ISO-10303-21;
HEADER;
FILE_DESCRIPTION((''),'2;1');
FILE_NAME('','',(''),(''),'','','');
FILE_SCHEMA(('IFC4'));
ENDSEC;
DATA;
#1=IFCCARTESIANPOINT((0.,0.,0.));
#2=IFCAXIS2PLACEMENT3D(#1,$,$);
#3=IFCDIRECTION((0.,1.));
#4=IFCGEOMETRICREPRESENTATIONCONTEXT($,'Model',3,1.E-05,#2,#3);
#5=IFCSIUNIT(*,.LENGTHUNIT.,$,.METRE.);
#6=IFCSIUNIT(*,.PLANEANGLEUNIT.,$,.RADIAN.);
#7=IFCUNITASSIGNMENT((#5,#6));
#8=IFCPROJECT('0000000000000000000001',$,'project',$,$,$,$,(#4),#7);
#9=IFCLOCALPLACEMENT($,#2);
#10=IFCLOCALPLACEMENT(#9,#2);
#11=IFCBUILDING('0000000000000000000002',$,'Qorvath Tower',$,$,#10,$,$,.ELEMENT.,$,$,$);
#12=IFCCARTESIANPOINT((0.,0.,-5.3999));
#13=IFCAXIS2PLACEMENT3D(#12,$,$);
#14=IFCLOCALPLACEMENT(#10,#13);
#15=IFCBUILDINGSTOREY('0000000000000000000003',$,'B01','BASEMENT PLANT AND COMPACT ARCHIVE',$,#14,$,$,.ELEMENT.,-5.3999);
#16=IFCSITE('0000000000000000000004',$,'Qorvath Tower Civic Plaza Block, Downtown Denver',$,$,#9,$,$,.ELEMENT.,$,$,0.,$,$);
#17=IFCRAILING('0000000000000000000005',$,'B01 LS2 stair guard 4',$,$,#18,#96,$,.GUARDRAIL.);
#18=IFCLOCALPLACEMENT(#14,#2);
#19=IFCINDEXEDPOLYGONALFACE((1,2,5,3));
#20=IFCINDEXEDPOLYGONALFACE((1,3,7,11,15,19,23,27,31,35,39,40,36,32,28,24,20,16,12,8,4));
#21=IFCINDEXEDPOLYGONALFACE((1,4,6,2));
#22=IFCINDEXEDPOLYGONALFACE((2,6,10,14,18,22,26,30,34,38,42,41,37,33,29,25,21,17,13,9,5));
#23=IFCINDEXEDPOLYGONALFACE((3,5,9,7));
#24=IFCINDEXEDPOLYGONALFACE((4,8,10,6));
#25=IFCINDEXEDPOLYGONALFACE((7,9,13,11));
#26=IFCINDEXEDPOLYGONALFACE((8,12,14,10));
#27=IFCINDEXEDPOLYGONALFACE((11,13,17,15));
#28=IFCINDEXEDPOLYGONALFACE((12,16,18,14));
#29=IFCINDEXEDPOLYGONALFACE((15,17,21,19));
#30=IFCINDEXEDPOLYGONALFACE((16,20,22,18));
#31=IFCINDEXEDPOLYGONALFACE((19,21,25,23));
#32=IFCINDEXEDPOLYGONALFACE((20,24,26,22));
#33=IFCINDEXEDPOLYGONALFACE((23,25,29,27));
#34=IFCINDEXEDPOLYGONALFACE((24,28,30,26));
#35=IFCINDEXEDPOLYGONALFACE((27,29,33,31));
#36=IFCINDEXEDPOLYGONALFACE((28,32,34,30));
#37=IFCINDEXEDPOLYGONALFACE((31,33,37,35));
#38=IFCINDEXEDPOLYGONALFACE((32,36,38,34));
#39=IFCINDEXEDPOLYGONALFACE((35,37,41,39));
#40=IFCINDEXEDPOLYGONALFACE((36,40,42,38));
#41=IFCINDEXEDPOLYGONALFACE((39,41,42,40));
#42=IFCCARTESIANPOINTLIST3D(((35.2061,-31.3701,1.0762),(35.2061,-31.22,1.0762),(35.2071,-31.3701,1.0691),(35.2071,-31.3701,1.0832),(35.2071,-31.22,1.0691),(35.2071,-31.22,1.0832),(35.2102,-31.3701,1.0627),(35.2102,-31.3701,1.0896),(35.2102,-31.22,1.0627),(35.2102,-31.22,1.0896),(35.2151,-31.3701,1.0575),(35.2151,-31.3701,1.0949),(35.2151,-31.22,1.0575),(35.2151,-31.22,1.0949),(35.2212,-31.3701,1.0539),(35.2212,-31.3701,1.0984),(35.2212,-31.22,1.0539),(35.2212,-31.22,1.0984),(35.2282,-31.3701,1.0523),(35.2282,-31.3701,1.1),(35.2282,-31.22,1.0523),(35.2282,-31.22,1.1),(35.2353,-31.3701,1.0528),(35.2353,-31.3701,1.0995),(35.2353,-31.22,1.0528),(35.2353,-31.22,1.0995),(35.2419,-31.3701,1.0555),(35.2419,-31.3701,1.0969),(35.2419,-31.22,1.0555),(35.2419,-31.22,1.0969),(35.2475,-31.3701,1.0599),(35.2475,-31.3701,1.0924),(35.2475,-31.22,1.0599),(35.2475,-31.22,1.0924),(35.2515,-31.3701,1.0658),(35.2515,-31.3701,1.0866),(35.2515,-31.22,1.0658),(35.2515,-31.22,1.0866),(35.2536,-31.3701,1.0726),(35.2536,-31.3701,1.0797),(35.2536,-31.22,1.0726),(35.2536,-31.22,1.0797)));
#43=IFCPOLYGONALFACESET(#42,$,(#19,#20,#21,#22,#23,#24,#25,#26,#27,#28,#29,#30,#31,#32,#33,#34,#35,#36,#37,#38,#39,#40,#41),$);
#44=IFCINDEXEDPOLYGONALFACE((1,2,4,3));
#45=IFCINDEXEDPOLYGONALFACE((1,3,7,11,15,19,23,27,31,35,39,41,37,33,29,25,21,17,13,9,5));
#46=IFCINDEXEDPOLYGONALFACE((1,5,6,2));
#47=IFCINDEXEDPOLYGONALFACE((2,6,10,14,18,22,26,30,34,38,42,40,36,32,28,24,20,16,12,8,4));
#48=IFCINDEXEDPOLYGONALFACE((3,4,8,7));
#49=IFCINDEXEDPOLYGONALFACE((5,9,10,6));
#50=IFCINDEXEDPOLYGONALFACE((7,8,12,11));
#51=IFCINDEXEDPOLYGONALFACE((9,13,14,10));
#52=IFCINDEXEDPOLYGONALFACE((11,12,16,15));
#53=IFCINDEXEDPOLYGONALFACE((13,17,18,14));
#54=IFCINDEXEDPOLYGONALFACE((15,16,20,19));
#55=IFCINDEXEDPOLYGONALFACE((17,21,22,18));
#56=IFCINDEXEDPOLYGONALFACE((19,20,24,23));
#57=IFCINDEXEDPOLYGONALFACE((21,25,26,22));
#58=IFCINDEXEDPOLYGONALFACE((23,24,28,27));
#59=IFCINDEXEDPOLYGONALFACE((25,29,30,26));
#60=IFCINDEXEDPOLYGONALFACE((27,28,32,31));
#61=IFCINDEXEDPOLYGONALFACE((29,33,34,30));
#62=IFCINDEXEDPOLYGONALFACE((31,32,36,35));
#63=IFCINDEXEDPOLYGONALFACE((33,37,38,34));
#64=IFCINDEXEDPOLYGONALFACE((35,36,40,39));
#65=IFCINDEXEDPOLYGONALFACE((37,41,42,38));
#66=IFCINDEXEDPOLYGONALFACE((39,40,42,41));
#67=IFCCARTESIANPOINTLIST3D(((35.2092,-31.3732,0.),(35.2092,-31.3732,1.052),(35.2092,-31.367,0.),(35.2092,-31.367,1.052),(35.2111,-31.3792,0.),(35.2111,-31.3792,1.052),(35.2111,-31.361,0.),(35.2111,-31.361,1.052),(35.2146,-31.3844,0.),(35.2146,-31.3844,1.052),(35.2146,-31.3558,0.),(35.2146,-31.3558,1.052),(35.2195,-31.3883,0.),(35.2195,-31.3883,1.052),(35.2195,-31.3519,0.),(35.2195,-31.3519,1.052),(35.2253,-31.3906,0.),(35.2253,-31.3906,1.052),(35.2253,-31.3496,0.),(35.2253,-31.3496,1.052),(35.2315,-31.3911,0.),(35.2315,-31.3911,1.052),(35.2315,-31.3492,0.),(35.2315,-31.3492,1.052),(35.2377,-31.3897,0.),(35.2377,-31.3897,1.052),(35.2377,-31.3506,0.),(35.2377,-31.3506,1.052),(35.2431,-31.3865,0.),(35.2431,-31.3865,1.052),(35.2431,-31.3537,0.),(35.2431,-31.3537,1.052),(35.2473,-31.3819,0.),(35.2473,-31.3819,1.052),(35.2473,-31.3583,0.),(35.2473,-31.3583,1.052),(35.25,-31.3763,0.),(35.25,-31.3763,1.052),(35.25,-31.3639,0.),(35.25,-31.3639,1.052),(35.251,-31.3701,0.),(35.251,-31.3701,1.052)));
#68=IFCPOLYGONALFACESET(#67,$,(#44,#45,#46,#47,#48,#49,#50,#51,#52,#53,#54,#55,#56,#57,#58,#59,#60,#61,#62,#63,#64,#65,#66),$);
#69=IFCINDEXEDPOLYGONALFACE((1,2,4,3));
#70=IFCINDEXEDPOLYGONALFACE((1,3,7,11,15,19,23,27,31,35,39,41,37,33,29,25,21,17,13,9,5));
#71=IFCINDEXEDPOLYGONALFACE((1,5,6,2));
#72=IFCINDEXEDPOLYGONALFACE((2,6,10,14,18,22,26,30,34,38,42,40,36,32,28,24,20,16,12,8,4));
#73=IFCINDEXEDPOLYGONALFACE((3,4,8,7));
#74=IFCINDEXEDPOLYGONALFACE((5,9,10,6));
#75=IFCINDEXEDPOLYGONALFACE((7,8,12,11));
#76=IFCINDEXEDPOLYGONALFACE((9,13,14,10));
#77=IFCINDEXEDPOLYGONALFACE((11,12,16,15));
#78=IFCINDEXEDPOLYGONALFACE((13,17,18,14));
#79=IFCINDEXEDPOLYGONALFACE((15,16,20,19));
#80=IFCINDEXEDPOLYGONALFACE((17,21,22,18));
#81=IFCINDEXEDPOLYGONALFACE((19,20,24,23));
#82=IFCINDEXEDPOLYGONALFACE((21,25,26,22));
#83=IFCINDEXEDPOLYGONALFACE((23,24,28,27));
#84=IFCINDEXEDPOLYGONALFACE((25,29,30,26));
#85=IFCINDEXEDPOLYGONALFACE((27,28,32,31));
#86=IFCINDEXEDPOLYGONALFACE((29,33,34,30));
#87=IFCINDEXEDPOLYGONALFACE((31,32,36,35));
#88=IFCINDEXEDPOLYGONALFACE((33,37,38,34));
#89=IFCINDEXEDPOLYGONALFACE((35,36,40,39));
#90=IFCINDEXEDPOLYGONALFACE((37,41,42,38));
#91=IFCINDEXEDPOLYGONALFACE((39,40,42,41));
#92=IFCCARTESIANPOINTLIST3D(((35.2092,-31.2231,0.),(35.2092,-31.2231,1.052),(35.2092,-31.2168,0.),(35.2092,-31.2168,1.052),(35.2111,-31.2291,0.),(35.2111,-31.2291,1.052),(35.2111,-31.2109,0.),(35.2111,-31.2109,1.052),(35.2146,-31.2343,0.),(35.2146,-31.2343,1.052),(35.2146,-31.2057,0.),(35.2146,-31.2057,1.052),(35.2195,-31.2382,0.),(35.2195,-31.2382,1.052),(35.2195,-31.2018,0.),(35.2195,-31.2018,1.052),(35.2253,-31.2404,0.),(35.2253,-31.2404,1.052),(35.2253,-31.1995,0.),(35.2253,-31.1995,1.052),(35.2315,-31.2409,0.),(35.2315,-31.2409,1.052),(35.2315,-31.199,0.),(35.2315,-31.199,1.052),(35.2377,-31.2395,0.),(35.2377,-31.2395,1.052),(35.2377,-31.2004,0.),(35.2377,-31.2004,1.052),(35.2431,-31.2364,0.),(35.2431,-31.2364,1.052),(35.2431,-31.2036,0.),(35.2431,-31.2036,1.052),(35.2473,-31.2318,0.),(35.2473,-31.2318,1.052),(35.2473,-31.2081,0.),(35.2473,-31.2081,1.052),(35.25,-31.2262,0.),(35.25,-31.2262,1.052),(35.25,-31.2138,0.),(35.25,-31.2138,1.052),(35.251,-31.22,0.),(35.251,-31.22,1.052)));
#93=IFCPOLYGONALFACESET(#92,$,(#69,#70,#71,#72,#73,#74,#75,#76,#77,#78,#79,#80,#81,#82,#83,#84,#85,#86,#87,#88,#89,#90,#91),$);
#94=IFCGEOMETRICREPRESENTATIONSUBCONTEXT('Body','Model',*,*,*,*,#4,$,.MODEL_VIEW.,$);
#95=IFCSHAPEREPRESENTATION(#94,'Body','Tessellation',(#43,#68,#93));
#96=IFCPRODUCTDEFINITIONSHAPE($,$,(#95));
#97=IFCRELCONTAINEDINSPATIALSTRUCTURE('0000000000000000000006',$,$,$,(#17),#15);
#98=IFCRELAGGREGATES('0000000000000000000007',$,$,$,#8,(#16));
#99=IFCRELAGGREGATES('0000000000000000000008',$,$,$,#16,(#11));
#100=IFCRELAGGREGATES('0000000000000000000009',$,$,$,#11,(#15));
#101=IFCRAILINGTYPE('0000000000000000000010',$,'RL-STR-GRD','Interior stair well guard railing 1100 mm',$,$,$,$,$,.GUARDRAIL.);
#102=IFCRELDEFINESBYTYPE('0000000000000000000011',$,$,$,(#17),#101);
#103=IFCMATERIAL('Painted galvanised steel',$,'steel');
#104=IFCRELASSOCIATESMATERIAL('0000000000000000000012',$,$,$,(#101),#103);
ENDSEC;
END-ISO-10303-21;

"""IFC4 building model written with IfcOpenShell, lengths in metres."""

from ifc_helpers import new_model, si_unit, direction, frame, origin, origin_2d, place, context, subcontext, project, spatial, circle, extrude, material, type_object, element, save


model = new_model("IFC4")

# Units and contexts
model_context = context("Model", 3, precision=1e-05, world=origin(), true_north=direction((0.0, 1.0)))
body_context = subcontext(model_context, "Body", "Model", "MODEL_VIEW")
ifc_project = project(units=[si_unit("LENGTHUNIT", "METRE"), si_unit("PLANEANGLEUNIT", "RADIAN")], contexts=[model_context])

# Site, building, storey
site_placement = place(None, origin())
site = spatial("IfcSite", under=ifc_project, at=site_placement, Name="Qorvath Tower Civic Plaza Block, Downtown Denver", CompositionType="ELEMENT", RefElevation=0.0)
building_placement = place(site_placement, origin())
building = spatial("IfcBuilding", under=site, at=building_placement, Name="Qorvath Tower", CompositionType="ELEMENT")
storey_placement = place(building_placement, frame((0.0, 0.0, -5.3999)))
storey = spatial("IfcBuildingStorey", under=building, at=storey_placement, Name="B01", Description="BASEMENT PLANT AND COMPACT ARCHIVE", CompositionType="ELEMENT", Elevation=-5.3999)

# Railing
ifc_material_1 = material(Name="Painted galvanised steel", Category="steel")
railing_type_1 = type_object("IfcRailingType", Name="RL-STR-GRD", Description="Interior stair well guard railing 1100 mm", PredefinedType="GUARDRAIL", material=ifc_material_1)
railing_1_placement = place(storey_placement, frame((35.23, -31.3701, 0.0)))
element("IfcRailing", 1, at=railing_1_placement, inside=storey, type_object=railing_type_1, Name="B01 LS2 stair guard 4", PredefinedType="GUARDRAIL", context=body_context, shape_type="SweptSolid", body=[
    extrude(circle(Radius=0.0239, at=origin_2d()), frame((0.0, 0.0, 1.0762), z_axis=(0.0, 1.0, 0.0), x_axis=(-1.0, 0.0, 0.0)), (0.0, 0.0, 1.0), 0.1501),
    extrude(circle(Radius=0.021, at=origin_2d()), origin(), (0.0, 0.0, 1.0), 1.052),
    extrude(circle(Radius=0.021, at=origin_2d()), frame((0.0, 0.1501, 0.0)), (0.0, 0.0, 1.0), 1.052),
])

save(model, "model.ifc")
